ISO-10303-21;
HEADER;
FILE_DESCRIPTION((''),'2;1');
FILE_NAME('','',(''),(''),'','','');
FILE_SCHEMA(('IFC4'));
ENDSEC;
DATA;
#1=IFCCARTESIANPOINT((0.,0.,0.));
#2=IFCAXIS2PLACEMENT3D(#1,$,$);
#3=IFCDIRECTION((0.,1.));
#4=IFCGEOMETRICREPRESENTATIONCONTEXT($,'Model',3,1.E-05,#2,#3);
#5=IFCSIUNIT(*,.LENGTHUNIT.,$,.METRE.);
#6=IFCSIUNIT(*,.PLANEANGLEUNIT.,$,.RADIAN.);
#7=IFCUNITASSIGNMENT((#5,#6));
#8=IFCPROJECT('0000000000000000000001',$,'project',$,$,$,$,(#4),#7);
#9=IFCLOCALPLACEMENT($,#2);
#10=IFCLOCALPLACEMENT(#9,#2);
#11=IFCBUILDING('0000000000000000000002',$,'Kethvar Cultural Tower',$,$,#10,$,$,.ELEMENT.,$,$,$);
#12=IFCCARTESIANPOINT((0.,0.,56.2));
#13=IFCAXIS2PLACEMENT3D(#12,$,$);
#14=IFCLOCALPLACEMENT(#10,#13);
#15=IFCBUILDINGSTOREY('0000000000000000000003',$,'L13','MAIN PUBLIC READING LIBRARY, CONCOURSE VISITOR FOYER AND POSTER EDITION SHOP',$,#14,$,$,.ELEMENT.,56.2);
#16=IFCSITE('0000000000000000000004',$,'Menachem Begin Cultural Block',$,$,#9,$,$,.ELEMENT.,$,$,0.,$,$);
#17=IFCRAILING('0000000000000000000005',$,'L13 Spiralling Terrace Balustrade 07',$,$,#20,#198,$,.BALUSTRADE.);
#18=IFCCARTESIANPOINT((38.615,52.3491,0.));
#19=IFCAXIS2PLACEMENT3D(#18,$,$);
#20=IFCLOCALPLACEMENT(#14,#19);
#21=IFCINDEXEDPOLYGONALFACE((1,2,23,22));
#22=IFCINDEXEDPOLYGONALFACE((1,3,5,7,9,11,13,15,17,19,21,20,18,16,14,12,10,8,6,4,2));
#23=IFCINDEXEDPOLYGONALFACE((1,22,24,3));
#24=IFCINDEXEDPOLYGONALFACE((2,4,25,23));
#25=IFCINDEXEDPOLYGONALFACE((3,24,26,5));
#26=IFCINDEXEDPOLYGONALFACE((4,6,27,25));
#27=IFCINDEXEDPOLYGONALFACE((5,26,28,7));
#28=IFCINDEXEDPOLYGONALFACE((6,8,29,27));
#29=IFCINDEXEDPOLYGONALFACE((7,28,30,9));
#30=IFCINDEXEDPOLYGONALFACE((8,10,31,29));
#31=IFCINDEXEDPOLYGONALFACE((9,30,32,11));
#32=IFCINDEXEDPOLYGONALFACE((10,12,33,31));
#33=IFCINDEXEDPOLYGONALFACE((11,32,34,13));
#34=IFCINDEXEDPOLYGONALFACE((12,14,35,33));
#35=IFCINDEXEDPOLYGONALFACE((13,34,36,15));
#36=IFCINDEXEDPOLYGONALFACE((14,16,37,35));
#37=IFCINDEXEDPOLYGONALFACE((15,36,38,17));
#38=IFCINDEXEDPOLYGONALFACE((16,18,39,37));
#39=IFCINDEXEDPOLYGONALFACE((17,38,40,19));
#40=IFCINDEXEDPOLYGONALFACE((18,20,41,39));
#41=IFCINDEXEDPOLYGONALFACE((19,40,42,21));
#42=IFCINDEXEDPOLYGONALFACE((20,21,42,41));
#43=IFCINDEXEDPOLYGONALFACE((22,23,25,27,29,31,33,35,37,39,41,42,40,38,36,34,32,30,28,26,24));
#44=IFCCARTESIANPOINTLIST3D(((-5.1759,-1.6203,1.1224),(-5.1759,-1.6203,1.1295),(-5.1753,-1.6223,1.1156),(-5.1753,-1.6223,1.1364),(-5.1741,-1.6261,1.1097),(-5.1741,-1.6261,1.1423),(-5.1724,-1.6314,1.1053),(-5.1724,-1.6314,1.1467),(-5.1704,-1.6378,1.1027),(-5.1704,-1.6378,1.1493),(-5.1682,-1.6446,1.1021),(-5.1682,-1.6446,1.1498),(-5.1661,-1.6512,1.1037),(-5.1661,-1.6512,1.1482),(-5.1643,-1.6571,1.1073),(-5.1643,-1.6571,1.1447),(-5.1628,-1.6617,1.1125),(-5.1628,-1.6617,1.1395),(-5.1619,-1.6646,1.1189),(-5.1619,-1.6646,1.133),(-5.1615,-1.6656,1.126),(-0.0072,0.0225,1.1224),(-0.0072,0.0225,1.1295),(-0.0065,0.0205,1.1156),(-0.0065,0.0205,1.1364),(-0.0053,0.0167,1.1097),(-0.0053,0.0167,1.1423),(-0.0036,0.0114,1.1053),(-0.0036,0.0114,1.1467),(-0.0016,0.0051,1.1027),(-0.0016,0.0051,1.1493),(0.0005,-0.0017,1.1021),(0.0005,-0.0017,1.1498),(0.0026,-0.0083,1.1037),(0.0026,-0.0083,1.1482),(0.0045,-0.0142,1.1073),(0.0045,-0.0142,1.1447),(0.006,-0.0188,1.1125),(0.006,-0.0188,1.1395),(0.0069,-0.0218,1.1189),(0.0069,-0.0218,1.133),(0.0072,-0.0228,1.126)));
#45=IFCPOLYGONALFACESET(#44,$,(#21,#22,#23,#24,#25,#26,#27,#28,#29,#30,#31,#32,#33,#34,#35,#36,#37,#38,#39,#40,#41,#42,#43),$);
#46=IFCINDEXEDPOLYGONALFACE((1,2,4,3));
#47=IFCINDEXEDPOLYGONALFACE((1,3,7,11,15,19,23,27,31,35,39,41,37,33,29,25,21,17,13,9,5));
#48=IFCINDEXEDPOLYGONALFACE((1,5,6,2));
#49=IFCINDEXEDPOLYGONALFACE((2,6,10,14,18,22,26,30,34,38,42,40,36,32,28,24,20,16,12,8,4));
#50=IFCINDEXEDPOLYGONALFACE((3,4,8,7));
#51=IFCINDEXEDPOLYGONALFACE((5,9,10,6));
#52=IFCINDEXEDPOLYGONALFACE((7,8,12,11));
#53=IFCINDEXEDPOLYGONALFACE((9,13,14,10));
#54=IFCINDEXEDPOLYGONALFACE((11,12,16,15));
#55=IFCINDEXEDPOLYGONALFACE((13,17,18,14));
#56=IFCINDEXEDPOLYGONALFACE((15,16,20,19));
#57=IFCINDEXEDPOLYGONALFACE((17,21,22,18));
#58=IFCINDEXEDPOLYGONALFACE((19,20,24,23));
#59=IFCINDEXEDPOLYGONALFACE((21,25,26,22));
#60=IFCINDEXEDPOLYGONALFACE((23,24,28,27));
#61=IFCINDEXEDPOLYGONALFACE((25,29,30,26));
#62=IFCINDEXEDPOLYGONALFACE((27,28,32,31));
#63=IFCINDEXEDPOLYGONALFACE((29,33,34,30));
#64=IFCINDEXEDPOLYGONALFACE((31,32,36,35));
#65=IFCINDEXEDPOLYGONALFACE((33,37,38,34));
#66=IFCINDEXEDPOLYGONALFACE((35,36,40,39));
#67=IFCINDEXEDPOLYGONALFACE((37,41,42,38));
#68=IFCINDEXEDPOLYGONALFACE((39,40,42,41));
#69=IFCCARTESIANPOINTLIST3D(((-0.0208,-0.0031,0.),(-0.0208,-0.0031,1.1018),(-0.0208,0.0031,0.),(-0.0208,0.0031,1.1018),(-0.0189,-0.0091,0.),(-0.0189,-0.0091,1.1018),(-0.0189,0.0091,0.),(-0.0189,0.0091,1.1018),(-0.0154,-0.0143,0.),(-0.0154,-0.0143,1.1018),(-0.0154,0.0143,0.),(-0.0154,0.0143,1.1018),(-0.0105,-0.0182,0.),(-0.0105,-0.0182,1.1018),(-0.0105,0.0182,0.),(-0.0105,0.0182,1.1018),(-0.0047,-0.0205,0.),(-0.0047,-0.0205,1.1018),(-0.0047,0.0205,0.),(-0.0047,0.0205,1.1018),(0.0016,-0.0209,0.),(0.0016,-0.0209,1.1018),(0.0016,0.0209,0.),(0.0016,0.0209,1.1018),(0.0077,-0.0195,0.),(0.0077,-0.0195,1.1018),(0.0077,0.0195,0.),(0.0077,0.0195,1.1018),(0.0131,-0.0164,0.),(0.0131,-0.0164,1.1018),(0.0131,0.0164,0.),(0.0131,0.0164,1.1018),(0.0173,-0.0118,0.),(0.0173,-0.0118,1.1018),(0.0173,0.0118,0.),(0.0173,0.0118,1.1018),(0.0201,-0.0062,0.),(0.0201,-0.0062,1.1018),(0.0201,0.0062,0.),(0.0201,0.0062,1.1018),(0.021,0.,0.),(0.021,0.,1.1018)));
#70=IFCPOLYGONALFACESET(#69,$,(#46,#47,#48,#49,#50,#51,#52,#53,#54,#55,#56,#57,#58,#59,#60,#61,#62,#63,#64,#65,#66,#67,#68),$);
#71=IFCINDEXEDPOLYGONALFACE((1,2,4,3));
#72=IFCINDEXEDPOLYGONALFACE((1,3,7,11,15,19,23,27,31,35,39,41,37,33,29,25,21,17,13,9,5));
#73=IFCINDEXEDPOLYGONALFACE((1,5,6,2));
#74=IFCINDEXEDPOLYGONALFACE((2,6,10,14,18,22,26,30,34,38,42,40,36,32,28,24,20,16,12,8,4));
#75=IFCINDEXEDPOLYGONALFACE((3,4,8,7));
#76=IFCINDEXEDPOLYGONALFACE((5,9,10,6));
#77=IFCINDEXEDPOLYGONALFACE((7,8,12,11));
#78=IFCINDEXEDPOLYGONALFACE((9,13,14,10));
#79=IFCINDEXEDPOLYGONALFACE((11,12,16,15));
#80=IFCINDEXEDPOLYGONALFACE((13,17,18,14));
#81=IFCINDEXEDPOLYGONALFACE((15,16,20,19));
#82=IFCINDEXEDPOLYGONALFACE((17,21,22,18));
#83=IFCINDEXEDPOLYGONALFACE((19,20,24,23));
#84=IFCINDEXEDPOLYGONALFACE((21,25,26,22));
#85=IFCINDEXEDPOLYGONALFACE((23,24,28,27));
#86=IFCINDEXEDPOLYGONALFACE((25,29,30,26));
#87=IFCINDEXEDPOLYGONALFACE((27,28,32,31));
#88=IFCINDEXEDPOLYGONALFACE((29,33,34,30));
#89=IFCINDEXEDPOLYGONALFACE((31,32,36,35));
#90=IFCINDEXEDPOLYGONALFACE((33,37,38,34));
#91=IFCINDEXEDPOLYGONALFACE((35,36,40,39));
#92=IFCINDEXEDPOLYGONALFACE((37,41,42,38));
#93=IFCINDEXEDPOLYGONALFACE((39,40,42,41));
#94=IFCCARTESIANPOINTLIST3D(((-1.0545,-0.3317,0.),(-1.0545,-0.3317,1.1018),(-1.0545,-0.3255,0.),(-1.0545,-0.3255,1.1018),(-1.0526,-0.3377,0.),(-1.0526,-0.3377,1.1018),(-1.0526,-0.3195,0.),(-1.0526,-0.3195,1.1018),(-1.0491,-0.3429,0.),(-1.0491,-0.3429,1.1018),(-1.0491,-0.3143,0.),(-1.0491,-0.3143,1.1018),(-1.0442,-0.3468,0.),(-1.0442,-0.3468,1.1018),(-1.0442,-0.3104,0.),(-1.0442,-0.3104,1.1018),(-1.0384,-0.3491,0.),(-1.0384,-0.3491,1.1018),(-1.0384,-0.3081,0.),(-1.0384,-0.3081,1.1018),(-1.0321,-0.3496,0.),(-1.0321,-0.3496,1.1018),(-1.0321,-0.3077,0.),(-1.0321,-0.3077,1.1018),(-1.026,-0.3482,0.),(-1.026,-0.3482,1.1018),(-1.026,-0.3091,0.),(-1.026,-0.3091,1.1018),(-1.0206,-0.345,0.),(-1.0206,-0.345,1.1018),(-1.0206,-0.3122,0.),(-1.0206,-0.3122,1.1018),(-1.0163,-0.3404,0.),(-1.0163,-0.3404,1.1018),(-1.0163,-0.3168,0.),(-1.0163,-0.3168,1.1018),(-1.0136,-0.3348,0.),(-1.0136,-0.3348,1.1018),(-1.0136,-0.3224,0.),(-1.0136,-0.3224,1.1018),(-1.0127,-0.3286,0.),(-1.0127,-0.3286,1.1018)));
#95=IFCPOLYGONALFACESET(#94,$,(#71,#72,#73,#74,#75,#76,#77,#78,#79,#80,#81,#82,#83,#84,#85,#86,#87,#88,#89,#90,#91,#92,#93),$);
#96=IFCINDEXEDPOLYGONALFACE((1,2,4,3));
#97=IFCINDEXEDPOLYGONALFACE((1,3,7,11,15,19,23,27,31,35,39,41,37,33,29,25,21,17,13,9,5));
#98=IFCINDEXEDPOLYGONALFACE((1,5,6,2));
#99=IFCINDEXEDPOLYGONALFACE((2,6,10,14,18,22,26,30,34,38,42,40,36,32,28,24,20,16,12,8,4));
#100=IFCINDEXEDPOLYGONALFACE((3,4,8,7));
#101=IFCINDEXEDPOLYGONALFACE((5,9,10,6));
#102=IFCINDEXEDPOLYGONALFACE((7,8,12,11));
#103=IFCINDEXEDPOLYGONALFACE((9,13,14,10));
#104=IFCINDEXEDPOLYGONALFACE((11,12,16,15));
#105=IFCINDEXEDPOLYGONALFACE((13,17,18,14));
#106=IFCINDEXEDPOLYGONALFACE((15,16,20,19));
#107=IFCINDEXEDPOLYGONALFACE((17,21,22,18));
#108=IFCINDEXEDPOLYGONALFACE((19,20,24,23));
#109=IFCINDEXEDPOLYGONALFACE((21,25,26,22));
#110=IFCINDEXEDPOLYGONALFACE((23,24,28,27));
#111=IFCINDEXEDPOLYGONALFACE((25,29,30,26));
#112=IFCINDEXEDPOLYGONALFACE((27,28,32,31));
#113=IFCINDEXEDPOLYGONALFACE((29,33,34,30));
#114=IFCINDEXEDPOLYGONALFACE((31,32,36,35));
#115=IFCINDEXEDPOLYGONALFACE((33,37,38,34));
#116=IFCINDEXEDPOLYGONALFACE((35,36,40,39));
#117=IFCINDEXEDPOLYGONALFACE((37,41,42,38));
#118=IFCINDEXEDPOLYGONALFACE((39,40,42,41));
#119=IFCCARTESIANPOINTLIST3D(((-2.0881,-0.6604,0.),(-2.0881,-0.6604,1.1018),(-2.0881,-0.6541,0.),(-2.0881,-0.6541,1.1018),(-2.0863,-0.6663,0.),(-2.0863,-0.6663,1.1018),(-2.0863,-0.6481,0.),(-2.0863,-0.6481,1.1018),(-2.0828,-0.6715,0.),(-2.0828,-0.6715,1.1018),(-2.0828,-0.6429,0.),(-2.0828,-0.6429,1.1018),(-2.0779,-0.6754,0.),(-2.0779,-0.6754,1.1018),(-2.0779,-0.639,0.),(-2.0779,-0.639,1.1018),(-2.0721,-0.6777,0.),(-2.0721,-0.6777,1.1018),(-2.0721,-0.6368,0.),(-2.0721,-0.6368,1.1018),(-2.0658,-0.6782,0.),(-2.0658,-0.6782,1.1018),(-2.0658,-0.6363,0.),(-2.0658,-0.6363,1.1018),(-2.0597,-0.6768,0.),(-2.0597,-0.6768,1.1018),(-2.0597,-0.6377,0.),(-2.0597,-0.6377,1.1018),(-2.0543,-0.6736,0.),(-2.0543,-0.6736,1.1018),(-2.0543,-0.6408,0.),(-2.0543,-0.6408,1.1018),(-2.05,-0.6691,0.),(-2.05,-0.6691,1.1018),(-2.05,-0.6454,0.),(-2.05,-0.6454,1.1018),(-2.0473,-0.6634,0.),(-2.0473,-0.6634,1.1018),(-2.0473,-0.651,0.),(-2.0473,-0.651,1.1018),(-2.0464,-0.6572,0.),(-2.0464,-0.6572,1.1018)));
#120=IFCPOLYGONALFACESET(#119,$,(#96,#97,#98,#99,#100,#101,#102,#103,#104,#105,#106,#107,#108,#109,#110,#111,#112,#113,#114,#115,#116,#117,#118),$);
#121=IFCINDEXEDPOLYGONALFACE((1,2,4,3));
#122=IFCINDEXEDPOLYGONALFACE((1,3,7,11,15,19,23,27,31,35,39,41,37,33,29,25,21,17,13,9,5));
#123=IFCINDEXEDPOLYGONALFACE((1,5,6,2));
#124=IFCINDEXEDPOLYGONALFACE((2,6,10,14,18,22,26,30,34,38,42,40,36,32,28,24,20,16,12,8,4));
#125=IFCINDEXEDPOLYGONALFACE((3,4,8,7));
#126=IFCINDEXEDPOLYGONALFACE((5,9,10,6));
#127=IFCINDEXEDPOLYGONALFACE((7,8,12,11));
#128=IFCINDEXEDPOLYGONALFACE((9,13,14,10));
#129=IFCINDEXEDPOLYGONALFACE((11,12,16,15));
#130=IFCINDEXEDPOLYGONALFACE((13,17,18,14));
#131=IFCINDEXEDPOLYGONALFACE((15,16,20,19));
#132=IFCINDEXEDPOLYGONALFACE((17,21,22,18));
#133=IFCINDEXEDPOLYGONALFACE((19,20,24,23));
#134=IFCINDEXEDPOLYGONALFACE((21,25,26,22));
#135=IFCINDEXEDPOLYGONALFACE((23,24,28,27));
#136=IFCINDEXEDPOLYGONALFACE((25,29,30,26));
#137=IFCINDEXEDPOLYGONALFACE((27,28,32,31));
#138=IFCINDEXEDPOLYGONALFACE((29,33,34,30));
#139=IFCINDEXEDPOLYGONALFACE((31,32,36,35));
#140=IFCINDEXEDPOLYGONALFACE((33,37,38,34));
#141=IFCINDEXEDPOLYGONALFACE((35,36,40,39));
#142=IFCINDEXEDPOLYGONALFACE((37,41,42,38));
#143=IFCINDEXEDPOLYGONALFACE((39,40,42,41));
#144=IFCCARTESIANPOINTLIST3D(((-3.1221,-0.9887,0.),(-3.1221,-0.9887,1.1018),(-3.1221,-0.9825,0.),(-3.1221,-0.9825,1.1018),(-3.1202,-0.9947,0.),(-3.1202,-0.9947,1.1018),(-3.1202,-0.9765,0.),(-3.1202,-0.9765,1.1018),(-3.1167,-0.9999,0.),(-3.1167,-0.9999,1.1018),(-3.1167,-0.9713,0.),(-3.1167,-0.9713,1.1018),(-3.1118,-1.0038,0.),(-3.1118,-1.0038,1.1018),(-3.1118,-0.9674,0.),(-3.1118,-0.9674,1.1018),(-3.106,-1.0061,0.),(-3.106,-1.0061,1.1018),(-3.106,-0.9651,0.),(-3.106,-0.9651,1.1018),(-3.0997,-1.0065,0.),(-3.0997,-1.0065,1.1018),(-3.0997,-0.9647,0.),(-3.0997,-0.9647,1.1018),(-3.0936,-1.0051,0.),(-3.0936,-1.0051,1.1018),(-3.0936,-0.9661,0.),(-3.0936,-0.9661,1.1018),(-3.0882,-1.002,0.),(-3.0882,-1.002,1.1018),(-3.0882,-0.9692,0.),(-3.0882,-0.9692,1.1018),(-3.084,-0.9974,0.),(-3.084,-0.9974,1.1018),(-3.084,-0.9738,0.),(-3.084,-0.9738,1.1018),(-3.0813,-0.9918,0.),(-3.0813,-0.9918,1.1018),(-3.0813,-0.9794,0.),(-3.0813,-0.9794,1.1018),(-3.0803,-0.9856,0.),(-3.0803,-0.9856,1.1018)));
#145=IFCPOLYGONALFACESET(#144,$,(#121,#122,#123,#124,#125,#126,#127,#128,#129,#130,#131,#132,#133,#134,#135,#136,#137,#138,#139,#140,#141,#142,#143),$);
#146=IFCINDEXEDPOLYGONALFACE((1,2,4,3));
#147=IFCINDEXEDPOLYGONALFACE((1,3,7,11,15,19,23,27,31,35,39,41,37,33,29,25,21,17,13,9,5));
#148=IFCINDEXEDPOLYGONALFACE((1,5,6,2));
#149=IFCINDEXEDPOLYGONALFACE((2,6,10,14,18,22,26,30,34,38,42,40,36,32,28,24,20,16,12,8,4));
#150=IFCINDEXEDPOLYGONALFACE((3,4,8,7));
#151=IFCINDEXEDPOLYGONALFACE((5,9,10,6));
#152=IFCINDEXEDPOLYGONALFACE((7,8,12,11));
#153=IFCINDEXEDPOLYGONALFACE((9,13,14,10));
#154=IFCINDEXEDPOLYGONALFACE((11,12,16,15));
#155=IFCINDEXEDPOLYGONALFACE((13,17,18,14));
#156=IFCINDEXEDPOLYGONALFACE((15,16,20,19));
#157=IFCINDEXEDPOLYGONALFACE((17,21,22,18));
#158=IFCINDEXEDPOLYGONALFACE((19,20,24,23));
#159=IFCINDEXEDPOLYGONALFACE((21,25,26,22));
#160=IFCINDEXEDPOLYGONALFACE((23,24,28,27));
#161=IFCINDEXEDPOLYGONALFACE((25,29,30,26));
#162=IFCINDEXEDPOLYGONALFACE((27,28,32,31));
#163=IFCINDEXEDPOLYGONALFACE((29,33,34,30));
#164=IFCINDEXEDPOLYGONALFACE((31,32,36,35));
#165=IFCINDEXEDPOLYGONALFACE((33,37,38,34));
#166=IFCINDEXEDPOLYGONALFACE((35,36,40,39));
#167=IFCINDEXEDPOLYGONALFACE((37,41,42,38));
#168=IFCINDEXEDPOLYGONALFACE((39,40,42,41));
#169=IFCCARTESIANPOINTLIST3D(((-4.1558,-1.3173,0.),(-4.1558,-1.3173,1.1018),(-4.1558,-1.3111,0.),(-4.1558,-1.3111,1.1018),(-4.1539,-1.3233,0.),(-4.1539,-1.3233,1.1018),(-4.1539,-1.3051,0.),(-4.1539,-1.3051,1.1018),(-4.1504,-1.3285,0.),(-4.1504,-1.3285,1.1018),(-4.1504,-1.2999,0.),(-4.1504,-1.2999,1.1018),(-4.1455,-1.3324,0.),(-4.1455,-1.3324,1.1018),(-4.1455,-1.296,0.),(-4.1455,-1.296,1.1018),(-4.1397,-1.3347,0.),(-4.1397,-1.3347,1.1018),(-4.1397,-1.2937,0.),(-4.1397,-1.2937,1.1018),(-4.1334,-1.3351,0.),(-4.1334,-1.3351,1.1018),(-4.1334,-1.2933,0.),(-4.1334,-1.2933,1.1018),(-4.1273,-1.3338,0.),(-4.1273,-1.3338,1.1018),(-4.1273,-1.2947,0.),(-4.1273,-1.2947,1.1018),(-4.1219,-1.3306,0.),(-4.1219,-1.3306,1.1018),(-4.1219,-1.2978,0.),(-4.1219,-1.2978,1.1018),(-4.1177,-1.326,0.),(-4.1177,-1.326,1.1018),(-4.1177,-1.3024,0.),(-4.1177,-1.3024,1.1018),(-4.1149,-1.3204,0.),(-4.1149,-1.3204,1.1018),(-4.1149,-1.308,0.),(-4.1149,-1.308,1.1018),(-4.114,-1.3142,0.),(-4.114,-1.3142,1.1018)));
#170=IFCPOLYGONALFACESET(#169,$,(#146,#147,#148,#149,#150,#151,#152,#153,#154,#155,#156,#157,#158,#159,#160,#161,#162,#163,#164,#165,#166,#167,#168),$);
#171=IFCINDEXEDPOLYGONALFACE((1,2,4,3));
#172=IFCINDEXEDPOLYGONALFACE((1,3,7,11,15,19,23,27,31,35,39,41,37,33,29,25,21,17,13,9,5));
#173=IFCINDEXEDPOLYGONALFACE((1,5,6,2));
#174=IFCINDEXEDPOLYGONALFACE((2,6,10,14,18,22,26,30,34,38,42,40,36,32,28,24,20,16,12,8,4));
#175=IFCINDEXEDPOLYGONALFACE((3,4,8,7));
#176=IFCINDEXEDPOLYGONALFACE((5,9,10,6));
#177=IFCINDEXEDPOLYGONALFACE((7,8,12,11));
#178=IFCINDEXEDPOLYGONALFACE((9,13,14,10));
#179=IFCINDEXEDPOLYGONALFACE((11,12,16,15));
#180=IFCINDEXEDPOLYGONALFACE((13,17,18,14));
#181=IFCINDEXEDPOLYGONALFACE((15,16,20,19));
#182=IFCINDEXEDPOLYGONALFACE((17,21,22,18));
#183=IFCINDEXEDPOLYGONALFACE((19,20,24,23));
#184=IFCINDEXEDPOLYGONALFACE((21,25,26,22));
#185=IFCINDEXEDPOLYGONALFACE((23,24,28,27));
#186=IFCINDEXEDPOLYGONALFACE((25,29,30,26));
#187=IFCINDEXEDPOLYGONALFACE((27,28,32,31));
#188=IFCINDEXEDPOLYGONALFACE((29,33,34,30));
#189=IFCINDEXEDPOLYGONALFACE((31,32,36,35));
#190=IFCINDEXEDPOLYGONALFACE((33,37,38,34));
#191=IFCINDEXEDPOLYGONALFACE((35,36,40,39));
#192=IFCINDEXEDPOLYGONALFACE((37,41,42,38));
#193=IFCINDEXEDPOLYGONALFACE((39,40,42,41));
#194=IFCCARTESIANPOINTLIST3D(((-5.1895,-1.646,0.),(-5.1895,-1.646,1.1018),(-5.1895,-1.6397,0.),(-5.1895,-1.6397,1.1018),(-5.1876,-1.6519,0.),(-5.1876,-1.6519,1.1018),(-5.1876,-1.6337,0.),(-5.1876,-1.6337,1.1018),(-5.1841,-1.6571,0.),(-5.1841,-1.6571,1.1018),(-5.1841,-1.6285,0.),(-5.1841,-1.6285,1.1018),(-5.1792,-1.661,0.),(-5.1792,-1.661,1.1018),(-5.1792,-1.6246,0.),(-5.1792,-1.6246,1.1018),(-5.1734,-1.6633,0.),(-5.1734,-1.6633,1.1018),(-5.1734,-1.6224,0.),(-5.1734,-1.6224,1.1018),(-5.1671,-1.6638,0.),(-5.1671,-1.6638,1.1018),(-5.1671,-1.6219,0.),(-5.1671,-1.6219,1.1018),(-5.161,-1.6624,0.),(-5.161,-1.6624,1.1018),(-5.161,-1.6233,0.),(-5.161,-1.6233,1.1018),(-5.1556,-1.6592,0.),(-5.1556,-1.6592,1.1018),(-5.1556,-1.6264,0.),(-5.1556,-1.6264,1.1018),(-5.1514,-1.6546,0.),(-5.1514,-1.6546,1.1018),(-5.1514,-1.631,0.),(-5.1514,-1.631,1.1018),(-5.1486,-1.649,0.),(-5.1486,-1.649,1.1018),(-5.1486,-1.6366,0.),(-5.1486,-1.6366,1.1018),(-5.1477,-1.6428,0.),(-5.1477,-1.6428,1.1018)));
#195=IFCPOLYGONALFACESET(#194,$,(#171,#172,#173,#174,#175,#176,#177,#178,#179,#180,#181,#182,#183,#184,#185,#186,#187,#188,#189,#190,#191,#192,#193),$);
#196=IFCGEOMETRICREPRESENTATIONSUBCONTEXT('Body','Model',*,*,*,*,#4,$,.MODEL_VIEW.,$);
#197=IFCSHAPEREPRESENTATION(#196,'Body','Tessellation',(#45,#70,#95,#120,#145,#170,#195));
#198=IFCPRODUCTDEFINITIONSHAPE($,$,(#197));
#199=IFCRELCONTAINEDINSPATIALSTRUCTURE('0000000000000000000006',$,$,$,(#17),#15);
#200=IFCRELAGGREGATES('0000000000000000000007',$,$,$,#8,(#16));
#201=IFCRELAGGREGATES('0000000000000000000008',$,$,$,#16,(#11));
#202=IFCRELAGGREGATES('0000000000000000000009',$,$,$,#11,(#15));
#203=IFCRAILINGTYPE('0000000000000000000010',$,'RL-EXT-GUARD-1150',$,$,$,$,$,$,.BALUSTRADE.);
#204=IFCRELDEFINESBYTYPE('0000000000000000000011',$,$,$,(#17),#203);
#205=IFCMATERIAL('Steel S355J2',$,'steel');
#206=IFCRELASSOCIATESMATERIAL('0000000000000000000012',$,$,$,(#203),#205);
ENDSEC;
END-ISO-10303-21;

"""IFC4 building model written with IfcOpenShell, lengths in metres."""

from ifc_helpers import new_model, si_unit, direction, frame, origin, origin_2d, place, context, subcontext, project, spatial, circle, extrude, material, type_object, element, save


model = new_model("IFC4")

# Units and contexts
model_context = context("Model", 3, precision=1e-05, world=origin(), true_north=direction((0.0, 1.0)))
body_context = subcontext(model_context, "Body", "Model", "MODEL_VIEW")
ifc_project = project(units=[si_unit("LENGTHUNIT", "METRE"), si_unit("PLANEANGLEUNIT", "RADIAN")], contexts=[model_context])

# Site, building, storey
site_placement = place(None, origin())
site = spatial("IfcSite", under=ifc_project, at=site_placement, Name="Menachem Begin Cultural Block", CompositionType="ELEMENT", RefElevation=0.0)
building_placement = place(site_placement, origin())
building = spatial("IfcBuilding", under=site, at=building_placement, Name="Kethvar Cultural Tower", CompositionType="ELEMENT")
storey_placement = place(building_placement, frame((0.0, 0.0, 56.2)))
storey = spatial("IfcBuildingStorey", under=building, at=storey_placement, Name="L13", Description="MAIN PUBLIC READING LIBRARY, CONCOURSE VISITOR FOYER AND POSTER EDITION SHOP", CompositionType="ELEMENT", Elevation=56.2)

# Shared definitions
ifc_material_1 = material(Name="Steel S355J2", Category="steel")

# Railing
railing_type = type_object("IfcRailingType", Name="RL-EXT-GUARD-1150", PredefinedType="BALUSTRADE", material=ifc_material_1)
railing_1_placement = place(storey_placement, frame((38.615, 52.3491, 0.0)))
element("IfcRailing", 1, at=railing_1_placement, inside=storey, type_object=railing_type, Name="L13 Spiralling Terrace Balustrade 07", PredefinedType="BALUSTRADE", context=body_context, shape_type="SweptSolid", body=[
    extrude(circle(Radius=0.0239, at=origin_2d()), frame((0.0, 0.0, 1.126), z_axis=(-0.95302, -0.302908, 0.0), x_axis=(0.302908, -0.95302, 0.0)), (0.0, 0.0, 1.0), 5.4236),
    extrude(circle(Radius=0.021, at=origin_2d()), origin(), (0.0, 0.0, 1.0), 1.1018),
    extrude(circle(Radius=0.021, at=origin_2d()), frame((-1.0337, -0.3286, 0.0)), (0.0, 0.0, 1.0), 1.1018),
    extrude(circle(Radius=0.021, at=origin_2d()), frame((-2.0674, -0.6572, 0.0)), (0.0, 0.0, 1.0), 1.1018),
    extrude(circle(Radius=0.021, at=origin_2d()), frame((-3.1013, -0.9856, 0.0)), (0.0, 0.0, 1.0), 1.1018),
    extrude(circle(Radius=0.021, at=origin_2d()), frame((-4.135, -1.3142, 0.0)), (0.0, 0.0, 1.0), 1.1018),
    extrude(circle(Radius=0.021, at=origin_2d()), frame((-5.1687, -1.6428, 0.0)), (0.0, 0.0, 1.0), 1.1018),
])

save(model, "model.ifc")
